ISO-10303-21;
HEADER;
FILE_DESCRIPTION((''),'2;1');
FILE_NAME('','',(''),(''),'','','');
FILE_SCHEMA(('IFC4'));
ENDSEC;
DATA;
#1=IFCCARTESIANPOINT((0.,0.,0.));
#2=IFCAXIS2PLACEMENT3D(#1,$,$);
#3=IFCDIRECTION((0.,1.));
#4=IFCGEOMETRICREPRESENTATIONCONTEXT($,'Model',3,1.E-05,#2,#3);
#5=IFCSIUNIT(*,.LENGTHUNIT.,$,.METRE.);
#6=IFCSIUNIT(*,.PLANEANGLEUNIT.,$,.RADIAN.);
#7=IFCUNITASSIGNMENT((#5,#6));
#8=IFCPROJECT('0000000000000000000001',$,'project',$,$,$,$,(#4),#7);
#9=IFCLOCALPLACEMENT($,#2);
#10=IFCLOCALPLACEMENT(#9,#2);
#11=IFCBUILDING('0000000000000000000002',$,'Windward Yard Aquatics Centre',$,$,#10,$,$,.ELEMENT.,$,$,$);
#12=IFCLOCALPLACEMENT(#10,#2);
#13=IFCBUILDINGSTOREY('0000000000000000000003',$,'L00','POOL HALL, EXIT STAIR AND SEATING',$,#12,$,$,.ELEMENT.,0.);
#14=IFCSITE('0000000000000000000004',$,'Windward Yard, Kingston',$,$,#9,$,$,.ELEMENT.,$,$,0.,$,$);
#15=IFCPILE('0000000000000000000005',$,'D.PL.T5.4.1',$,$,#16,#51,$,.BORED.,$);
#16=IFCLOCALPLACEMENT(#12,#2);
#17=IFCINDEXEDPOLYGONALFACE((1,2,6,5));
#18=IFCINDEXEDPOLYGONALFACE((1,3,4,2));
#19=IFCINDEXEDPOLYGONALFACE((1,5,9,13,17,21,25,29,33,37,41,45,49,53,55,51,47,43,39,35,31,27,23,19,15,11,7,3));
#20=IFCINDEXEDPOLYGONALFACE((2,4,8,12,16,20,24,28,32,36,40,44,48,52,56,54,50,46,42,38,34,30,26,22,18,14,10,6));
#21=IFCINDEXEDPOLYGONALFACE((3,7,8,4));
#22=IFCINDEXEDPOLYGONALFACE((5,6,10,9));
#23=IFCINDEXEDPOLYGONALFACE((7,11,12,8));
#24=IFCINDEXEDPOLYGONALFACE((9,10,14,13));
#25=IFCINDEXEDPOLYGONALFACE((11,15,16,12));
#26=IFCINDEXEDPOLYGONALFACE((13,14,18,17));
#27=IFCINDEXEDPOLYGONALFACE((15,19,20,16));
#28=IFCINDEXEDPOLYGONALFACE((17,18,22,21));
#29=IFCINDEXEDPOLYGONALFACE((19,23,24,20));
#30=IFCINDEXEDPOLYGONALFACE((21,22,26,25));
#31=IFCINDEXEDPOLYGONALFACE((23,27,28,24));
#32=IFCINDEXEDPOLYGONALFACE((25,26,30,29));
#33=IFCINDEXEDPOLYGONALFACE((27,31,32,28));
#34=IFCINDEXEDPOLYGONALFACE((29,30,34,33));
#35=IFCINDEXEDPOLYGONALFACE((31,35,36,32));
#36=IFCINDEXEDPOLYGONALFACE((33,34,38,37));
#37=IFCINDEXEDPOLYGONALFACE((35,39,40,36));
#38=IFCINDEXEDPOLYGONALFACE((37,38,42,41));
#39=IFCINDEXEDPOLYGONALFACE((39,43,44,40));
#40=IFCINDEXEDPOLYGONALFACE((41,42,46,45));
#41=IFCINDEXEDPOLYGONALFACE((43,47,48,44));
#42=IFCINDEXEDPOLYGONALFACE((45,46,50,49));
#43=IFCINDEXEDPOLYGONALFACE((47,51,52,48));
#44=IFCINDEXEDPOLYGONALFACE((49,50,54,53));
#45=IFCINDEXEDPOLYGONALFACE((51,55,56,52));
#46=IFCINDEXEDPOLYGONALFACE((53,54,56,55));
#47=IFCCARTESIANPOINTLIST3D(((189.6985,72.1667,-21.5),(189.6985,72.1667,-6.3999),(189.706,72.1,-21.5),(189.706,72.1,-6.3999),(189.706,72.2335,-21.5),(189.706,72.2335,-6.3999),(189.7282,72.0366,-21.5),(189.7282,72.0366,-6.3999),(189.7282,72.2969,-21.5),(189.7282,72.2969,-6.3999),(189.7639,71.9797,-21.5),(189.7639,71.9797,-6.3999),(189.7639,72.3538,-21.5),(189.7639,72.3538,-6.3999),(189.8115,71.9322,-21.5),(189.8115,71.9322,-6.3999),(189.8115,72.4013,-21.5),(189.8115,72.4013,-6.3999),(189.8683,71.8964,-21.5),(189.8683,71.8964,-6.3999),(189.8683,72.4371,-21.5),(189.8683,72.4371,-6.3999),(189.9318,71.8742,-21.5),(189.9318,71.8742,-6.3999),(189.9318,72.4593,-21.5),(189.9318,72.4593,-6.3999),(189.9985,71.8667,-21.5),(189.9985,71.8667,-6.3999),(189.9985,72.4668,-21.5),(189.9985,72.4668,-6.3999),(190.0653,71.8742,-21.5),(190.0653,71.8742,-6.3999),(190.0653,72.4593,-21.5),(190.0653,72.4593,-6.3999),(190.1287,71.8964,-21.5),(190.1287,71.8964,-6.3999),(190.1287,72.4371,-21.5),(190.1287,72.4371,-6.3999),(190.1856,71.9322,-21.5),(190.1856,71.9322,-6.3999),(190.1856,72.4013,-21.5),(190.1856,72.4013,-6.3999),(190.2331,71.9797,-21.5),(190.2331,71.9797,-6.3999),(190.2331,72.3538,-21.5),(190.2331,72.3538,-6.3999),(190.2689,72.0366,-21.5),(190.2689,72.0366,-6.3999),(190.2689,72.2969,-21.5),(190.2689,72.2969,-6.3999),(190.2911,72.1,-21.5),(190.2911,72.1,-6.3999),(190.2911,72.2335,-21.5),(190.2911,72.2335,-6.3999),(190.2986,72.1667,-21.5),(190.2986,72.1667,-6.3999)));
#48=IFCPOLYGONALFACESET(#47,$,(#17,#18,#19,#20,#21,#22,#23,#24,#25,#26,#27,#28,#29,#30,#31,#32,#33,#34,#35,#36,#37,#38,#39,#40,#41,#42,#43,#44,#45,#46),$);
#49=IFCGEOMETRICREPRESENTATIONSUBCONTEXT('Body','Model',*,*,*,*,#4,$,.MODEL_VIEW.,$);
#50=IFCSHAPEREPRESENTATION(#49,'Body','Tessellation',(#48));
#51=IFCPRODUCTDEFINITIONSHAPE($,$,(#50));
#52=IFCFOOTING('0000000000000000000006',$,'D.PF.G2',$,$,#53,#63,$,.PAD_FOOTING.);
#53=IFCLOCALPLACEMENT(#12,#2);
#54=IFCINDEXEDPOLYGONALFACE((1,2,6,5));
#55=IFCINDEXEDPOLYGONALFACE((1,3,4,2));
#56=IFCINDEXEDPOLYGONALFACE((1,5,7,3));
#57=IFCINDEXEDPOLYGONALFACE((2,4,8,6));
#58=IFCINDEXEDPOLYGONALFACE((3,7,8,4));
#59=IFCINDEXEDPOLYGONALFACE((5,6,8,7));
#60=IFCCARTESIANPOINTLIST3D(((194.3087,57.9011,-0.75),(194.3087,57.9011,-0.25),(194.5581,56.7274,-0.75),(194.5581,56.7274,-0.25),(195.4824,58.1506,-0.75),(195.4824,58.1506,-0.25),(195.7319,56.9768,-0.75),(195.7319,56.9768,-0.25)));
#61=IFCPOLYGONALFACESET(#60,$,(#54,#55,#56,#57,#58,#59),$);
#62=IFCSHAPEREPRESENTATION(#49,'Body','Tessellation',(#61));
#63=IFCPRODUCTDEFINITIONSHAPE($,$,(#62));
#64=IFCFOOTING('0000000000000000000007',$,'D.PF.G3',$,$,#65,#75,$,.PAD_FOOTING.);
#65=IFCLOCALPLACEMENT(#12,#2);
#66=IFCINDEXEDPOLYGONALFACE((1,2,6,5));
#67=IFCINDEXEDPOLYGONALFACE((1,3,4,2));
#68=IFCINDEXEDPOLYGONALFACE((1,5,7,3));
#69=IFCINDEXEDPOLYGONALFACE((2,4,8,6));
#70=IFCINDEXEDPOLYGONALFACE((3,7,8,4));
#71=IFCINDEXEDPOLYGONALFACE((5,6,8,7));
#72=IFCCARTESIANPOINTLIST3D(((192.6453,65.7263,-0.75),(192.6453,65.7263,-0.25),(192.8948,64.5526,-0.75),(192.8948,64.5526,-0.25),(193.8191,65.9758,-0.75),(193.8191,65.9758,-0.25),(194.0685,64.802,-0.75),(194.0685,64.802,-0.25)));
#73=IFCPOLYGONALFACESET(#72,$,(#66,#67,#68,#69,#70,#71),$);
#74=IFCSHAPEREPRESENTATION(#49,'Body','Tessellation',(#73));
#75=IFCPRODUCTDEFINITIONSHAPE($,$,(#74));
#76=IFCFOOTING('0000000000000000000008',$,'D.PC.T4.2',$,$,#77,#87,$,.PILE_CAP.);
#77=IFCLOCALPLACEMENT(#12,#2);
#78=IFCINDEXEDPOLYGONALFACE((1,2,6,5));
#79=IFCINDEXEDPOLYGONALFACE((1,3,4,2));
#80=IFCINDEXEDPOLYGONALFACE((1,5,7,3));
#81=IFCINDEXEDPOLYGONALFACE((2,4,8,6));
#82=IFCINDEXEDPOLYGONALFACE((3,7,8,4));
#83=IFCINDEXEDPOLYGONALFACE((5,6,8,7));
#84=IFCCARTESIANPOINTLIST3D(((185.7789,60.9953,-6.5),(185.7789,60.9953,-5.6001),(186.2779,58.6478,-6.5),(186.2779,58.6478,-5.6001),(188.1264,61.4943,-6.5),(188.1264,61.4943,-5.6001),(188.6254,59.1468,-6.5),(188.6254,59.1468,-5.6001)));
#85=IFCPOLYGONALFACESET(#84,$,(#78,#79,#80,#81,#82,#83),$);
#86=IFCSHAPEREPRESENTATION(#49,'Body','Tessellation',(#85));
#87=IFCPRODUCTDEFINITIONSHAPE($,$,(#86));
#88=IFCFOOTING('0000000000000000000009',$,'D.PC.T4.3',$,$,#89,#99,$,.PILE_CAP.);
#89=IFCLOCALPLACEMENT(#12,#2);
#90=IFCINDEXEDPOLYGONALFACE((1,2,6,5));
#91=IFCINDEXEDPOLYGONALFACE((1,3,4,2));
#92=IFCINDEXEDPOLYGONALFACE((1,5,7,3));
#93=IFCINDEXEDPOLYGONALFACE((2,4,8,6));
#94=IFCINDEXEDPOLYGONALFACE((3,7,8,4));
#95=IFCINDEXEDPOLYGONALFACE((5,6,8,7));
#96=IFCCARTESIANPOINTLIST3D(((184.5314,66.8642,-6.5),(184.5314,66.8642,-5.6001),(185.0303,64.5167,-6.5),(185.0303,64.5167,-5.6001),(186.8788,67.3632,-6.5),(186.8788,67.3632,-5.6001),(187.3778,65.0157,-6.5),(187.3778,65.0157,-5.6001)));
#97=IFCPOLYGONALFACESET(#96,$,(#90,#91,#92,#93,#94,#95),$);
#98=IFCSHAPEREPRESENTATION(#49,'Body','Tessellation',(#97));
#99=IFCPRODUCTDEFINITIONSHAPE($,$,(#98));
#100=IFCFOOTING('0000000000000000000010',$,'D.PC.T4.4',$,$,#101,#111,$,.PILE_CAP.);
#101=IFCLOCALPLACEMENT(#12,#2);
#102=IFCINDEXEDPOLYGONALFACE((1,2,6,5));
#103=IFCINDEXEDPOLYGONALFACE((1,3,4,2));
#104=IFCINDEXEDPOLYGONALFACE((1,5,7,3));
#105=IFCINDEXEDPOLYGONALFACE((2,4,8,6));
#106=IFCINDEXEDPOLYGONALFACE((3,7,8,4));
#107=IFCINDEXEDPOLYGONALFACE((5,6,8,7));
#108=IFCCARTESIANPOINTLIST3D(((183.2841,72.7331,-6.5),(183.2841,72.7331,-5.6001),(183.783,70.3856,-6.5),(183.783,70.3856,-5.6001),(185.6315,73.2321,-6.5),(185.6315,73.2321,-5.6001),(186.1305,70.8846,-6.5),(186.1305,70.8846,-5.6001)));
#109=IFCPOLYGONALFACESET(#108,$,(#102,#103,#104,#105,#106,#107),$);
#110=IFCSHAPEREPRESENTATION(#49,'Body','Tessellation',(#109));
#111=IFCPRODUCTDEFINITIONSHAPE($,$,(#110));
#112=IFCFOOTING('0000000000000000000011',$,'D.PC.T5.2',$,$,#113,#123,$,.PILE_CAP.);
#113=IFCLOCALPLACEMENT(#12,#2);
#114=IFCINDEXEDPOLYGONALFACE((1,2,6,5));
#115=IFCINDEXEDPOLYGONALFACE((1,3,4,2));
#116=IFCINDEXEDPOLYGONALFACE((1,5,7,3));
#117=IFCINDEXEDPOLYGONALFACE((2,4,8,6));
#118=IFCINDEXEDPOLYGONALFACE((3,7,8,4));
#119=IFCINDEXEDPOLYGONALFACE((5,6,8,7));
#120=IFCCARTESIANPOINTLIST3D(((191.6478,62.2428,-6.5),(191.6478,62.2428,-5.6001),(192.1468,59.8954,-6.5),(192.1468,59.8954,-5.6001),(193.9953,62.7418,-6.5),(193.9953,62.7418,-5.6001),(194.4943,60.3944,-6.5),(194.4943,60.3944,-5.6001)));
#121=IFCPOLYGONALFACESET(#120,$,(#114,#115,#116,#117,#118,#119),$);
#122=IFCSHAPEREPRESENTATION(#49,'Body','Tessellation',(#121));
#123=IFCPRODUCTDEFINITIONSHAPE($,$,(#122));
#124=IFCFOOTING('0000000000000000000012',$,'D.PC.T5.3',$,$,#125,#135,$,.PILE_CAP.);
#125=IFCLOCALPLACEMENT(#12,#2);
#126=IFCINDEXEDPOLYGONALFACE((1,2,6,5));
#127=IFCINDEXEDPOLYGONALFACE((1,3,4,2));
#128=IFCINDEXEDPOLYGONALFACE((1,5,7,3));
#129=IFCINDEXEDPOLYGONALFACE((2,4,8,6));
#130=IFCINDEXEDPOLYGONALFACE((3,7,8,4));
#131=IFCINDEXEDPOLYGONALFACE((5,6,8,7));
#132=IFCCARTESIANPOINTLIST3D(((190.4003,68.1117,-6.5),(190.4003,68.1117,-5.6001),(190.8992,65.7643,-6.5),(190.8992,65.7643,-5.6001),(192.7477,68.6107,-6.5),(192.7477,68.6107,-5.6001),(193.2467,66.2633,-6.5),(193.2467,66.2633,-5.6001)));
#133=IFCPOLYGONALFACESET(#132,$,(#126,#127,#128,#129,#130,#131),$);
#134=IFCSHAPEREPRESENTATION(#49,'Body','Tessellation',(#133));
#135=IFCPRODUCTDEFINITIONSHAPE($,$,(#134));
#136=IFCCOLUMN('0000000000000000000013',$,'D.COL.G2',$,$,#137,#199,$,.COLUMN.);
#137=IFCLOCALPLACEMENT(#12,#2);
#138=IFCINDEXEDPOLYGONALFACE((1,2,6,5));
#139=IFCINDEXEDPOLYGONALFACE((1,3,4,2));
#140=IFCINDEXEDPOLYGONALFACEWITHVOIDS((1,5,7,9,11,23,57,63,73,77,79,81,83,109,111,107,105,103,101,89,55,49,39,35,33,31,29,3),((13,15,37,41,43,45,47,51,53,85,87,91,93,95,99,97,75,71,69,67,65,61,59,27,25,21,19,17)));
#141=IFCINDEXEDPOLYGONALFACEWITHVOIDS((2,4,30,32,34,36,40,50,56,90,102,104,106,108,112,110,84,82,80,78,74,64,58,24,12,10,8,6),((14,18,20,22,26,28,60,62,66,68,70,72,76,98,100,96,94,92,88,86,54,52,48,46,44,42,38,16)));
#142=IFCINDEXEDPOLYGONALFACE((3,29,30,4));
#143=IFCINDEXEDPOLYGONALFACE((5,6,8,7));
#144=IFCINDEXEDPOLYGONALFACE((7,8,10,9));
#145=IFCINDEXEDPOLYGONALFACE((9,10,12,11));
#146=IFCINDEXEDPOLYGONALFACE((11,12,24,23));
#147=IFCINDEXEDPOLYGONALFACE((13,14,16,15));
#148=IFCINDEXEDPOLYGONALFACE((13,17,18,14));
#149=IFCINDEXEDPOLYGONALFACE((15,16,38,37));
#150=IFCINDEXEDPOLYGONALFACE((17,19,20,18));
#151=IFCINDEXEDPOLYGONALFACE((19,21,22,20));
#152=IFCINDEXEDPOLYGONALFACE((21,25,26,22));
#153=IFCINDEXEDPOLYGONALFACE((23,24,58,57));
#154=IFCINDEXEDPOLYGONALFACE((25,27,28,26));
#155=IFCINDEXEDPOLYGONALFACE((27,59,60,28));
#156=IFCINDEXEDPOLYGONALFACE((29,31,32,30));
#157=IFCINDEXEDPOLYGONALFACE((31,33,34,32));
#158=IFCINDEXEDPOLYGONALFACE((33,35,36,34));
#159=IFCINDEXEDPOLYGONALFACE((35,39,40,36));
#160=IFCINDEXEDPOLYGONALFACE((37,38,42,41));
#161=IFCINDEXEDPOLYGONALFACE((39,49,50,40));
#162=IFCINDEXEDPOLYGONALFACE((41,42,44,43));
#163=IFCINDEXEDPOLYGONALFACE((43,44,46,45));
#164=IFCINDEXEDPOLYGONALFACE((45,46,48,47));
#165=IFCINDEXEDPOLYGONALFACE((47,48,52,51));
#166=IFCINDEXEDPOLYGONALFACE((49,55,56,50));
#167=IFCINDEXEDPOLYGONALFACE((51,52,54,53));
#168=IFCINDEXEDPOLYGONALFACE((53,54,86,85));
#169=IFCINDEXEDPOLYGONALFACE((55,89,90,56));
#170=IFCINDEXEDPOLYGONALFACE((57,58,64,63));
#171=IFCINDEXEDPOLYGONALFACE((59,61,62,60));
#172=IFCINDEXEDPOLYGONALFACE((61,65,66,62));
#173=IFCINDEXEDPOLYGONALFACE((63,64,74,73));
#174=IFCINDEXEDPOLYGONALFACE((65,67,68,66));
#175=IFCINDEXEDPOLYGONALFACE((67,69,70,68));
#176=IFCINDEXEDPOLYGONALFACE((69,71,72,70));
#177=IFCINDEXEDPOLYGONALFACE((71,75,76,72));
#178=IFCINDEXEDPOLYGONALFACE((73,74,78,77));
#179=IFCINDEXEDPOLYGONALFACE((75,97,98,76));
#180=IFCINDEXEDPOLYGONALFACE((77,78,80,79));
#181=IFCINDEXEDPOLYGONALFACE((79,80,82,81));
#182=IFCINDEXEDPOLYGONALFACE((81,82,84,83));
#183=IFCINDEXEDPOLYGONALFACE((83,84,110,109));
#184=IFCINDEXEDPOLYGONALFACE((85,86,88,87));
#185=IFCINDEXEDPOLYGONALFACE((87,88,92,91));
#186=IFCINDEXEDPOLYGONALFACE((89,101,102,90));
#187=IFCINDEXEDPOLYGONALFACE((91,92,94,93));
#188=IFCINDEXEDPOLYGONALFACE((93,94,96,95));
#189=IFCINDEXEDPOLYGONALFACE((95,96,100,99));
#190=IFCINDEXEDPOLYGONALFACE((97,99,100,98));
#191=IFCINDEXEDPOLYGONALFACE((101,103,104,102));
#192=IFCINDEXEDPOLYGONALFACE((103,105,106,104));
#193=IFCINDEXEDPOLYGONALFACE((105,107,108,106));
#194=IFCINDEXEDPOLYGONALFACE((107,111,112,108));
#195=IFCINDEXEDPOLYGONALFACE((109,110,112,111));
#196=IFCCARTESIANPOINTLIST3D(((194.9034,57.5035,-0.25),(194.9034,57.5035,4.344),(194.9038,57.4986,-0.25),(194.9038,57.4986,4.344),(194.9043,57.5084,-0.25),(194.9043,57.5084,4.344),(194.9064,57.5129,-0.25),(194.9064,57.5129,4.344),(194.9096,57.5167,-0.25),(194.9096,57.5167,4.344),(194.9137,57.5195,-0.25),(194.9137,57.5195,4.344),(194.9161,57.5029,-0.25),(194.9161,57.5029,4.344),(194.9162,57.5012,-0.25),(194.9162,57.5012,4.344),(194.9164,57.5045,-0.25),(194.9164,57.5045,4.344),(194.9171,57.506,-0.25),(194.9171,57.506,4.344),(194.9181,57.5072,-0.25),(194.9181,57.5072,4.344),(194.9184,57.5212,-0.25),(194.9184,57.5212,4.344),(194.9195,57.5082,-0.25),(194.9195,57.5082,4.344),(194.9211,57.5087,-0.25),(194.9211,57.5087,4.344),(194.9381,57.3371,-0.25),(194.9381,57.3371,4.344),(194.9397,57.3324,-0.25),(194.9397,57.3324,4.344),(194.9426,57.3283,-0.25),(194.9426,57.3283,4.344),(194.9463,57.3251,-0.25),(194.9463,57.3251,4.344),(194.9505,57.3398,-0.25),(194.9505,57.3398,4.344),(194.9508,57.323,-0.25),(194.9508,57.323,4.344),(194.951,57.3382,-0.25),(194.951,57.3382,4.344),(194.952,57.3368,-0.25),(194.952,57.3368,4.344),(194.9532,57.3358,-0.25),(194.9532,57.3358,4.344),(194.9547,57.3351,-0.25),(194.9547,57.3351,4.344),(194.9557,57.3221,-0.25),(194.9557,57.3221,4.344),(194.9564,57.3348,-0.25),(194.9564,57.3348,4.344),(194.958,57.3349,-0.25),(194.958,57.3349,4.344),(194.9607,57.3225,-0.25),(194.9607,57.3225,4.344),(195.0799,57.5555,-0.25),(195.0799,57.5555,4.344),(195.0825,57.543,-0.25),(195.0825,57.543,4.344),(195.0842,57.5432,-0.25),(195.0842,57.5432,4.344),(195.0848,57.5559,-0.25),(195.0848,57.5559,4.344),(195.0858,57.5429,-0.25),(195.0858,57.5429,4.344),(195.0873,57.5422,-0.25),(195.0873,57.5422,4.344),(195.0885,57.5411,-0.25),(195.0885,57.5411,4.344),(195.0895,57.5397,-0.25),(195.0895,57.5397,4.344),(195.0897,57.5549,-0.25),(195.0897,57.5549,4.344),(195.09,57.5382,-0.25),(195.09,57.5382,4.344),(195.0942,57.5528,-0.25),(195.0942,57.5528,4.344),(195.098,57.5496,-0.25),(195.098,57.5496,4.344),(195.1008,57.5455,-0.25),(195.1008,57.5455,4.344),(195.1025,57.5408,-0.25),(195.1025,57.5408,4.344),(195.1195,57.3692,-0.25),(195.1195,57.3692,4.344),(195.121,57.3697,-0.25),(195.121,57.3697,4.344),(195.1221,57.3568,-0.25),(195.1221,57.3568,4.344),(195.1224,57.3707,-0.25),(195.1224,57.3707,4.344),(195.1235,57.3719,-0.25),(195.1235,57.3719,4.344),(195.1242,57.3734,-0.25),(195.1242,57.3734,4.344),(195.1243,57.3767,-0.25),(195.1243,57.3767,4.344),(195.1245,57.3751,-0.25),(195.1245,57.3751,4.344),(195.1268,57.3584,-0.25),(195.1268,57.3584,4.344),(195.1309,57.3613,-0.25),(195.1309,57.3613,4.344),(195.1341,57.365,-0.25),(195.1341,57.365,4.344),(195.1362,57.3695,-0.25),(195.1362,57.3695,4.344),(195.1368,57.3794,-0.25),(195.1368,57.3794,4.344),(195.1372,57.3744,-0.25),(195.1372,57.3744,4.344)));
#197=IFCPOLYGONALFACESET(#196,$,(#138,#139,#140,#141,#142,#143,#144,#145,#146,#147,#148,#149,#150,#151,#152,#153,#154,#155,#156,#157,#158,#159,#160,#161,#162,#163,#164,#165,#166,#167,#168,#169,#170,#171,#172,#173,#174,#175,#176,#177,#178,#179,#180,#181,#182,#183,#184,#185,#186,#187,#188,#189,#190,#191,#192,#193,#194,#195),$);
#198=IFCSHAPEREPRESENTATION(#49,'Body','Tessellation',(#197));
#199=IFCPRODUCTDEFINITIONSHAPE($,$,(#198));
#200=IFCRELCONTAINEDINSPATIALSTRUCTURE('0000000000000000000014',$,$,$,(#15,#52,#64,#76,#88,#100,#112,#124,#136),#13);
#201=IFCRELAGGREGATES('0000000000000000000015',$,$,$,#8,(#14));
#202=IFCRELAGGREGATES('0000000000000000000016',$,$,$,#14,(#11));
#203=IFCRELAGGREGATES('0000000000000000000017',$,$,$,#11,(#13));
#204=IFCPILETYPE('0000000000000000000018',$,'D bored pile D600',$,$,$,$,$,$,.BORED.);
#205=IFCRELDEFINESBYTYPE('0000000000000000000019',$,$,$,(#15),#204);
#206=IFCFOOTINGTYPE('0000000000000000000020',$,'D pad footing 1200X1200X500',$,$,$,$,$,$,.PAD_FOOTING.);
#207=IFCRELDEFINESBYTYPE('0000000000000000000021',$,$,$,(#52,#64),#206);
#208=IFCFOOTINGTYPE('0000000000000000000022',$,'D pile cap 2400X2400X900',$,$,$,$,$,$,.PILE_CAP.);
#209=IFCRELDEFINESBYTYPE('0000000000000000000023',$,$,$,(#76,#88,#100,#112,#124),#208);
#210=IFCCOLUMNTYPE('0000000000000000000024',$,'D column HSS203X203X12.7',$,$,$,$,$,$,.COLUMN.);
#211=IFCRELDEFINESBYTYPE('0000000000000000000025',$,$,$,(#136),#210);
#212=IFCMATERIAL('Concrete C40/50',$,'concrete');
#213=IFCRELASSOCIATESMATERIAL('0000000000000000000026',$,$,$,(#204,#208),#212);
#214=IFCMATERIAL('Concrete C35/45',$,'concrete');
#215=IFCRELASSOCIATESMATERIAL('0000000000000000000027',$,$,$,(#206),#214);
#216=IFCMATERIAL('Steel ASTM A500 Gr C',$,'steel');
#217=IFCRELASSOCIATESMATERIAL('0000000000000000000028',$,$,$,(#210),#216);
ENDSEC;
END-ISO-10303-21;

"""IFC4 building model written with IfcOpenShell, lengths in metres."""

from ifc_helpers import new_model, si_unit, direction, frame, origin, origin_2d, place, context, subcontext, project, spatial, rectangle, hollow_rectangle, circle, extrude, material, material_profile, profile_set, type_object, element, save


model = new_model("IFC4")

# Units and contexts
model_context = context("Model", 3, precision=1e-05, world=origin(), true_north=direction((0.0, 1.0)))
body_context = subcontext(model_context, "Body", "Model", "MODEL_VIEW")
ifc_project = project(units=[si_unit("LENGTHUNIT", "METRE"), si_unit("PLANEANGLEUNIT", "RADIAN")], contexts=[model_context])

# Site, building, storey
site_placement = place(None, origin())
site = spatial("IfcSite", under=ifc_project, at=site_placement, Name="Windward Yard, Kingston", CompositionType="ELEMENT", RefElevation=0.0)
building_placement = place(site_placement, origin())
building = spatial("IfcBuilding", under=site, at=building_placement, Name="Windward Yard Aquatics Centre", CompositionType="ELEMENT")
storey_placement = place(building_placement, origin())
storey = spatial("IfcBuildingStorey", under=building, at=storey_placement, Name="L00", Description="POOL HALL, EXIT STAIR AND SEATING", CompositionType="ELEMENT", Elevation=0.0)

# Pile
ifc_material_1 = material(Name="Concrete C40/50", Category="concrete")
ifc_material_profile_1 = material_profile(ifc_material_1, circle(Radius=0.3, at=origin_2d()), Name="RC D600")
ifc_profile_set_1 = profile_set([ifc_material_profile_1], Name="Concrete C40/50")
pile_type = type_object("IfcPileType", Name="D bored pile D600", PredefinedType="BORED", material=ifc_profile_set_1)
for number, where, z_axis, x_axis, name in (
    (1, (189.9985, 72.1667, -6.3999), (0.0, 0.0, -1.0), (1.0, 0.0, 0.0), "D.PL.T5.4.1"),
):
    element("IfcPile", number, at=place(storey_placement, frame(where, z_axis=z_axis, x_axis=x_axis)), inside=storey, type_object=pile_type, Name=name, PredefinedType="BORED", context=body_context, shape_type="SweptSolid", body=[
        extrude(circle(Radius=0.3, at=origin_2d()), origin(), (0.0, 0.0, 1.0), 15.1001),
    ])

# Footings
ifc_material_2 = material(Name="Concrete C35/45", Category="concrete")
footing_type_1 = type_object("IfcFootingType", Name="D pad footing 1200X1200X500", PredefinedType="PAD_FOOTING", material=ifc_material_2)
for number, where, z_axis, x_axis, name in (
    (2, (195.0203, 57.439, -0.75), (0.0, 0.0, 1.0), (0.978148, 0.207912, 0.0), "D.PF.G2"),
    (3, (193.3569, 65.2642, -0.75), (0.0, 0.0, 1.0), (0.978148, 0.207912, 0.0), "D.PF.G3"),
):
    element("IfcFooting", number, at=place(storey_placement, frame(where, z_axis=z_axis, x_axis=x_axis)), inside=storey, type_object=footing_type_1, Name=name, PredefinedType="PAD_FOOTING", context=body_context, shape_type="SweptSolid", body=[
        extrude(rectangle(XDim=1.2, YDim=1.2, at=origin_2d()), origin(), (0.0, 0.0, 1.0), 0.5),
    ])
footing_type_2 = type_object("IfcFootingType", Name="D pile cap 2400X2400X900", PredefinedType="PILE_CAP", material=ifc_material_1)
for number, where, z_axis, x_axis, name in (
    (4, (187.2021, 60.071, -6.5), (0.0, 0.0, 1.0), (0.978148, 0.207912, 0.0), "D.PC.T4.2"),
    (5, (185.9546, 65.9399, -6.5), (0.0, 0.0, 1.0), (0.978148, 0.207912, 0.0), "D.PC.T4.3"),
    (6, (184.7073, 71.8088, -6.5), (0.0, 0.0, 1.0), (0.978148, 0.207912, 0.0), "D.PC.T4.4"),
    (7, (193.071, 61.3186, -6.5), (0.0, 0.0, 1.0), (0.978148, 0.207912, 0.0), "D.PC.T5.2"),
    (8, (191.8235, 67.1875, -6.5), (0.0, 0.0, 1.0), (0.978148, 0.207912, 0.0), "D.PC.T5.3"),
):
    element("IfcFooting", number, at=place(storey_placement, frame(where, z_axis=z_axis, x_axis=x_axis)), inside=storey, type_object=footing_type_2, Name=name, PredefinedType="PILE_CAP", context=body_context, shape_type="SweptSolid", body=[
        extrude(rectangle(XDim=2.3999, YDim=2.3999, at=origin_2d()), origin(), (0.0, 0.0, 1.0), 0.8999),
    ])

# Column
ifc_material_3 = material(Name="Steel ASTM A500 Gr C", Category="steel")
ifc_material_profile_2 = material_profile(ifc_material_3, hollow_rectangle(XDim=0.2031, YDim=0.2031, WallThickness=0.0127, InnerFilletRadius=0.0063, OuterFilletRadius=0.019, at=origin_2d()), Name="HSS203X203X12.7")
ifc_profile_set_2 = profile_set([ifc_material_profile_2], Name="Steel ASTM A500 Gr C")
column_type = type_object("IfcColumnType", Name="D column HSS203X203X12.7", PredefinedType="COLUMN", material=ifc_profile_set_2)
for number, where, z_axis, x_axis, name in (
    (9, (195.0203, 57.439, -0.25), (0.0, 0.0, 1.0), (0.978148, 0.207912, 0.0), "D.COL.G2"),
):
    element("IfcColumn", number, at=place(storey_placement, frame(where, z_axis=z_axis, x_axis=x_axis)), inside=storey, type_object=column_type, Name=name, PredefinedType="COLUMN", context=body_context, shape_type="SweptSolid", body=[
        extrude(hollow_rectangle(XDim=0.2031, YDim=0.2031, WallThickness=0.0127, InnerFilletRadius=0.0063, OuterFilletRadius=0.019, at=origin_2d()), origin(), (0.0, 0.0, 1.0), 4.594),
    ])

save(model, "model.ifc")
